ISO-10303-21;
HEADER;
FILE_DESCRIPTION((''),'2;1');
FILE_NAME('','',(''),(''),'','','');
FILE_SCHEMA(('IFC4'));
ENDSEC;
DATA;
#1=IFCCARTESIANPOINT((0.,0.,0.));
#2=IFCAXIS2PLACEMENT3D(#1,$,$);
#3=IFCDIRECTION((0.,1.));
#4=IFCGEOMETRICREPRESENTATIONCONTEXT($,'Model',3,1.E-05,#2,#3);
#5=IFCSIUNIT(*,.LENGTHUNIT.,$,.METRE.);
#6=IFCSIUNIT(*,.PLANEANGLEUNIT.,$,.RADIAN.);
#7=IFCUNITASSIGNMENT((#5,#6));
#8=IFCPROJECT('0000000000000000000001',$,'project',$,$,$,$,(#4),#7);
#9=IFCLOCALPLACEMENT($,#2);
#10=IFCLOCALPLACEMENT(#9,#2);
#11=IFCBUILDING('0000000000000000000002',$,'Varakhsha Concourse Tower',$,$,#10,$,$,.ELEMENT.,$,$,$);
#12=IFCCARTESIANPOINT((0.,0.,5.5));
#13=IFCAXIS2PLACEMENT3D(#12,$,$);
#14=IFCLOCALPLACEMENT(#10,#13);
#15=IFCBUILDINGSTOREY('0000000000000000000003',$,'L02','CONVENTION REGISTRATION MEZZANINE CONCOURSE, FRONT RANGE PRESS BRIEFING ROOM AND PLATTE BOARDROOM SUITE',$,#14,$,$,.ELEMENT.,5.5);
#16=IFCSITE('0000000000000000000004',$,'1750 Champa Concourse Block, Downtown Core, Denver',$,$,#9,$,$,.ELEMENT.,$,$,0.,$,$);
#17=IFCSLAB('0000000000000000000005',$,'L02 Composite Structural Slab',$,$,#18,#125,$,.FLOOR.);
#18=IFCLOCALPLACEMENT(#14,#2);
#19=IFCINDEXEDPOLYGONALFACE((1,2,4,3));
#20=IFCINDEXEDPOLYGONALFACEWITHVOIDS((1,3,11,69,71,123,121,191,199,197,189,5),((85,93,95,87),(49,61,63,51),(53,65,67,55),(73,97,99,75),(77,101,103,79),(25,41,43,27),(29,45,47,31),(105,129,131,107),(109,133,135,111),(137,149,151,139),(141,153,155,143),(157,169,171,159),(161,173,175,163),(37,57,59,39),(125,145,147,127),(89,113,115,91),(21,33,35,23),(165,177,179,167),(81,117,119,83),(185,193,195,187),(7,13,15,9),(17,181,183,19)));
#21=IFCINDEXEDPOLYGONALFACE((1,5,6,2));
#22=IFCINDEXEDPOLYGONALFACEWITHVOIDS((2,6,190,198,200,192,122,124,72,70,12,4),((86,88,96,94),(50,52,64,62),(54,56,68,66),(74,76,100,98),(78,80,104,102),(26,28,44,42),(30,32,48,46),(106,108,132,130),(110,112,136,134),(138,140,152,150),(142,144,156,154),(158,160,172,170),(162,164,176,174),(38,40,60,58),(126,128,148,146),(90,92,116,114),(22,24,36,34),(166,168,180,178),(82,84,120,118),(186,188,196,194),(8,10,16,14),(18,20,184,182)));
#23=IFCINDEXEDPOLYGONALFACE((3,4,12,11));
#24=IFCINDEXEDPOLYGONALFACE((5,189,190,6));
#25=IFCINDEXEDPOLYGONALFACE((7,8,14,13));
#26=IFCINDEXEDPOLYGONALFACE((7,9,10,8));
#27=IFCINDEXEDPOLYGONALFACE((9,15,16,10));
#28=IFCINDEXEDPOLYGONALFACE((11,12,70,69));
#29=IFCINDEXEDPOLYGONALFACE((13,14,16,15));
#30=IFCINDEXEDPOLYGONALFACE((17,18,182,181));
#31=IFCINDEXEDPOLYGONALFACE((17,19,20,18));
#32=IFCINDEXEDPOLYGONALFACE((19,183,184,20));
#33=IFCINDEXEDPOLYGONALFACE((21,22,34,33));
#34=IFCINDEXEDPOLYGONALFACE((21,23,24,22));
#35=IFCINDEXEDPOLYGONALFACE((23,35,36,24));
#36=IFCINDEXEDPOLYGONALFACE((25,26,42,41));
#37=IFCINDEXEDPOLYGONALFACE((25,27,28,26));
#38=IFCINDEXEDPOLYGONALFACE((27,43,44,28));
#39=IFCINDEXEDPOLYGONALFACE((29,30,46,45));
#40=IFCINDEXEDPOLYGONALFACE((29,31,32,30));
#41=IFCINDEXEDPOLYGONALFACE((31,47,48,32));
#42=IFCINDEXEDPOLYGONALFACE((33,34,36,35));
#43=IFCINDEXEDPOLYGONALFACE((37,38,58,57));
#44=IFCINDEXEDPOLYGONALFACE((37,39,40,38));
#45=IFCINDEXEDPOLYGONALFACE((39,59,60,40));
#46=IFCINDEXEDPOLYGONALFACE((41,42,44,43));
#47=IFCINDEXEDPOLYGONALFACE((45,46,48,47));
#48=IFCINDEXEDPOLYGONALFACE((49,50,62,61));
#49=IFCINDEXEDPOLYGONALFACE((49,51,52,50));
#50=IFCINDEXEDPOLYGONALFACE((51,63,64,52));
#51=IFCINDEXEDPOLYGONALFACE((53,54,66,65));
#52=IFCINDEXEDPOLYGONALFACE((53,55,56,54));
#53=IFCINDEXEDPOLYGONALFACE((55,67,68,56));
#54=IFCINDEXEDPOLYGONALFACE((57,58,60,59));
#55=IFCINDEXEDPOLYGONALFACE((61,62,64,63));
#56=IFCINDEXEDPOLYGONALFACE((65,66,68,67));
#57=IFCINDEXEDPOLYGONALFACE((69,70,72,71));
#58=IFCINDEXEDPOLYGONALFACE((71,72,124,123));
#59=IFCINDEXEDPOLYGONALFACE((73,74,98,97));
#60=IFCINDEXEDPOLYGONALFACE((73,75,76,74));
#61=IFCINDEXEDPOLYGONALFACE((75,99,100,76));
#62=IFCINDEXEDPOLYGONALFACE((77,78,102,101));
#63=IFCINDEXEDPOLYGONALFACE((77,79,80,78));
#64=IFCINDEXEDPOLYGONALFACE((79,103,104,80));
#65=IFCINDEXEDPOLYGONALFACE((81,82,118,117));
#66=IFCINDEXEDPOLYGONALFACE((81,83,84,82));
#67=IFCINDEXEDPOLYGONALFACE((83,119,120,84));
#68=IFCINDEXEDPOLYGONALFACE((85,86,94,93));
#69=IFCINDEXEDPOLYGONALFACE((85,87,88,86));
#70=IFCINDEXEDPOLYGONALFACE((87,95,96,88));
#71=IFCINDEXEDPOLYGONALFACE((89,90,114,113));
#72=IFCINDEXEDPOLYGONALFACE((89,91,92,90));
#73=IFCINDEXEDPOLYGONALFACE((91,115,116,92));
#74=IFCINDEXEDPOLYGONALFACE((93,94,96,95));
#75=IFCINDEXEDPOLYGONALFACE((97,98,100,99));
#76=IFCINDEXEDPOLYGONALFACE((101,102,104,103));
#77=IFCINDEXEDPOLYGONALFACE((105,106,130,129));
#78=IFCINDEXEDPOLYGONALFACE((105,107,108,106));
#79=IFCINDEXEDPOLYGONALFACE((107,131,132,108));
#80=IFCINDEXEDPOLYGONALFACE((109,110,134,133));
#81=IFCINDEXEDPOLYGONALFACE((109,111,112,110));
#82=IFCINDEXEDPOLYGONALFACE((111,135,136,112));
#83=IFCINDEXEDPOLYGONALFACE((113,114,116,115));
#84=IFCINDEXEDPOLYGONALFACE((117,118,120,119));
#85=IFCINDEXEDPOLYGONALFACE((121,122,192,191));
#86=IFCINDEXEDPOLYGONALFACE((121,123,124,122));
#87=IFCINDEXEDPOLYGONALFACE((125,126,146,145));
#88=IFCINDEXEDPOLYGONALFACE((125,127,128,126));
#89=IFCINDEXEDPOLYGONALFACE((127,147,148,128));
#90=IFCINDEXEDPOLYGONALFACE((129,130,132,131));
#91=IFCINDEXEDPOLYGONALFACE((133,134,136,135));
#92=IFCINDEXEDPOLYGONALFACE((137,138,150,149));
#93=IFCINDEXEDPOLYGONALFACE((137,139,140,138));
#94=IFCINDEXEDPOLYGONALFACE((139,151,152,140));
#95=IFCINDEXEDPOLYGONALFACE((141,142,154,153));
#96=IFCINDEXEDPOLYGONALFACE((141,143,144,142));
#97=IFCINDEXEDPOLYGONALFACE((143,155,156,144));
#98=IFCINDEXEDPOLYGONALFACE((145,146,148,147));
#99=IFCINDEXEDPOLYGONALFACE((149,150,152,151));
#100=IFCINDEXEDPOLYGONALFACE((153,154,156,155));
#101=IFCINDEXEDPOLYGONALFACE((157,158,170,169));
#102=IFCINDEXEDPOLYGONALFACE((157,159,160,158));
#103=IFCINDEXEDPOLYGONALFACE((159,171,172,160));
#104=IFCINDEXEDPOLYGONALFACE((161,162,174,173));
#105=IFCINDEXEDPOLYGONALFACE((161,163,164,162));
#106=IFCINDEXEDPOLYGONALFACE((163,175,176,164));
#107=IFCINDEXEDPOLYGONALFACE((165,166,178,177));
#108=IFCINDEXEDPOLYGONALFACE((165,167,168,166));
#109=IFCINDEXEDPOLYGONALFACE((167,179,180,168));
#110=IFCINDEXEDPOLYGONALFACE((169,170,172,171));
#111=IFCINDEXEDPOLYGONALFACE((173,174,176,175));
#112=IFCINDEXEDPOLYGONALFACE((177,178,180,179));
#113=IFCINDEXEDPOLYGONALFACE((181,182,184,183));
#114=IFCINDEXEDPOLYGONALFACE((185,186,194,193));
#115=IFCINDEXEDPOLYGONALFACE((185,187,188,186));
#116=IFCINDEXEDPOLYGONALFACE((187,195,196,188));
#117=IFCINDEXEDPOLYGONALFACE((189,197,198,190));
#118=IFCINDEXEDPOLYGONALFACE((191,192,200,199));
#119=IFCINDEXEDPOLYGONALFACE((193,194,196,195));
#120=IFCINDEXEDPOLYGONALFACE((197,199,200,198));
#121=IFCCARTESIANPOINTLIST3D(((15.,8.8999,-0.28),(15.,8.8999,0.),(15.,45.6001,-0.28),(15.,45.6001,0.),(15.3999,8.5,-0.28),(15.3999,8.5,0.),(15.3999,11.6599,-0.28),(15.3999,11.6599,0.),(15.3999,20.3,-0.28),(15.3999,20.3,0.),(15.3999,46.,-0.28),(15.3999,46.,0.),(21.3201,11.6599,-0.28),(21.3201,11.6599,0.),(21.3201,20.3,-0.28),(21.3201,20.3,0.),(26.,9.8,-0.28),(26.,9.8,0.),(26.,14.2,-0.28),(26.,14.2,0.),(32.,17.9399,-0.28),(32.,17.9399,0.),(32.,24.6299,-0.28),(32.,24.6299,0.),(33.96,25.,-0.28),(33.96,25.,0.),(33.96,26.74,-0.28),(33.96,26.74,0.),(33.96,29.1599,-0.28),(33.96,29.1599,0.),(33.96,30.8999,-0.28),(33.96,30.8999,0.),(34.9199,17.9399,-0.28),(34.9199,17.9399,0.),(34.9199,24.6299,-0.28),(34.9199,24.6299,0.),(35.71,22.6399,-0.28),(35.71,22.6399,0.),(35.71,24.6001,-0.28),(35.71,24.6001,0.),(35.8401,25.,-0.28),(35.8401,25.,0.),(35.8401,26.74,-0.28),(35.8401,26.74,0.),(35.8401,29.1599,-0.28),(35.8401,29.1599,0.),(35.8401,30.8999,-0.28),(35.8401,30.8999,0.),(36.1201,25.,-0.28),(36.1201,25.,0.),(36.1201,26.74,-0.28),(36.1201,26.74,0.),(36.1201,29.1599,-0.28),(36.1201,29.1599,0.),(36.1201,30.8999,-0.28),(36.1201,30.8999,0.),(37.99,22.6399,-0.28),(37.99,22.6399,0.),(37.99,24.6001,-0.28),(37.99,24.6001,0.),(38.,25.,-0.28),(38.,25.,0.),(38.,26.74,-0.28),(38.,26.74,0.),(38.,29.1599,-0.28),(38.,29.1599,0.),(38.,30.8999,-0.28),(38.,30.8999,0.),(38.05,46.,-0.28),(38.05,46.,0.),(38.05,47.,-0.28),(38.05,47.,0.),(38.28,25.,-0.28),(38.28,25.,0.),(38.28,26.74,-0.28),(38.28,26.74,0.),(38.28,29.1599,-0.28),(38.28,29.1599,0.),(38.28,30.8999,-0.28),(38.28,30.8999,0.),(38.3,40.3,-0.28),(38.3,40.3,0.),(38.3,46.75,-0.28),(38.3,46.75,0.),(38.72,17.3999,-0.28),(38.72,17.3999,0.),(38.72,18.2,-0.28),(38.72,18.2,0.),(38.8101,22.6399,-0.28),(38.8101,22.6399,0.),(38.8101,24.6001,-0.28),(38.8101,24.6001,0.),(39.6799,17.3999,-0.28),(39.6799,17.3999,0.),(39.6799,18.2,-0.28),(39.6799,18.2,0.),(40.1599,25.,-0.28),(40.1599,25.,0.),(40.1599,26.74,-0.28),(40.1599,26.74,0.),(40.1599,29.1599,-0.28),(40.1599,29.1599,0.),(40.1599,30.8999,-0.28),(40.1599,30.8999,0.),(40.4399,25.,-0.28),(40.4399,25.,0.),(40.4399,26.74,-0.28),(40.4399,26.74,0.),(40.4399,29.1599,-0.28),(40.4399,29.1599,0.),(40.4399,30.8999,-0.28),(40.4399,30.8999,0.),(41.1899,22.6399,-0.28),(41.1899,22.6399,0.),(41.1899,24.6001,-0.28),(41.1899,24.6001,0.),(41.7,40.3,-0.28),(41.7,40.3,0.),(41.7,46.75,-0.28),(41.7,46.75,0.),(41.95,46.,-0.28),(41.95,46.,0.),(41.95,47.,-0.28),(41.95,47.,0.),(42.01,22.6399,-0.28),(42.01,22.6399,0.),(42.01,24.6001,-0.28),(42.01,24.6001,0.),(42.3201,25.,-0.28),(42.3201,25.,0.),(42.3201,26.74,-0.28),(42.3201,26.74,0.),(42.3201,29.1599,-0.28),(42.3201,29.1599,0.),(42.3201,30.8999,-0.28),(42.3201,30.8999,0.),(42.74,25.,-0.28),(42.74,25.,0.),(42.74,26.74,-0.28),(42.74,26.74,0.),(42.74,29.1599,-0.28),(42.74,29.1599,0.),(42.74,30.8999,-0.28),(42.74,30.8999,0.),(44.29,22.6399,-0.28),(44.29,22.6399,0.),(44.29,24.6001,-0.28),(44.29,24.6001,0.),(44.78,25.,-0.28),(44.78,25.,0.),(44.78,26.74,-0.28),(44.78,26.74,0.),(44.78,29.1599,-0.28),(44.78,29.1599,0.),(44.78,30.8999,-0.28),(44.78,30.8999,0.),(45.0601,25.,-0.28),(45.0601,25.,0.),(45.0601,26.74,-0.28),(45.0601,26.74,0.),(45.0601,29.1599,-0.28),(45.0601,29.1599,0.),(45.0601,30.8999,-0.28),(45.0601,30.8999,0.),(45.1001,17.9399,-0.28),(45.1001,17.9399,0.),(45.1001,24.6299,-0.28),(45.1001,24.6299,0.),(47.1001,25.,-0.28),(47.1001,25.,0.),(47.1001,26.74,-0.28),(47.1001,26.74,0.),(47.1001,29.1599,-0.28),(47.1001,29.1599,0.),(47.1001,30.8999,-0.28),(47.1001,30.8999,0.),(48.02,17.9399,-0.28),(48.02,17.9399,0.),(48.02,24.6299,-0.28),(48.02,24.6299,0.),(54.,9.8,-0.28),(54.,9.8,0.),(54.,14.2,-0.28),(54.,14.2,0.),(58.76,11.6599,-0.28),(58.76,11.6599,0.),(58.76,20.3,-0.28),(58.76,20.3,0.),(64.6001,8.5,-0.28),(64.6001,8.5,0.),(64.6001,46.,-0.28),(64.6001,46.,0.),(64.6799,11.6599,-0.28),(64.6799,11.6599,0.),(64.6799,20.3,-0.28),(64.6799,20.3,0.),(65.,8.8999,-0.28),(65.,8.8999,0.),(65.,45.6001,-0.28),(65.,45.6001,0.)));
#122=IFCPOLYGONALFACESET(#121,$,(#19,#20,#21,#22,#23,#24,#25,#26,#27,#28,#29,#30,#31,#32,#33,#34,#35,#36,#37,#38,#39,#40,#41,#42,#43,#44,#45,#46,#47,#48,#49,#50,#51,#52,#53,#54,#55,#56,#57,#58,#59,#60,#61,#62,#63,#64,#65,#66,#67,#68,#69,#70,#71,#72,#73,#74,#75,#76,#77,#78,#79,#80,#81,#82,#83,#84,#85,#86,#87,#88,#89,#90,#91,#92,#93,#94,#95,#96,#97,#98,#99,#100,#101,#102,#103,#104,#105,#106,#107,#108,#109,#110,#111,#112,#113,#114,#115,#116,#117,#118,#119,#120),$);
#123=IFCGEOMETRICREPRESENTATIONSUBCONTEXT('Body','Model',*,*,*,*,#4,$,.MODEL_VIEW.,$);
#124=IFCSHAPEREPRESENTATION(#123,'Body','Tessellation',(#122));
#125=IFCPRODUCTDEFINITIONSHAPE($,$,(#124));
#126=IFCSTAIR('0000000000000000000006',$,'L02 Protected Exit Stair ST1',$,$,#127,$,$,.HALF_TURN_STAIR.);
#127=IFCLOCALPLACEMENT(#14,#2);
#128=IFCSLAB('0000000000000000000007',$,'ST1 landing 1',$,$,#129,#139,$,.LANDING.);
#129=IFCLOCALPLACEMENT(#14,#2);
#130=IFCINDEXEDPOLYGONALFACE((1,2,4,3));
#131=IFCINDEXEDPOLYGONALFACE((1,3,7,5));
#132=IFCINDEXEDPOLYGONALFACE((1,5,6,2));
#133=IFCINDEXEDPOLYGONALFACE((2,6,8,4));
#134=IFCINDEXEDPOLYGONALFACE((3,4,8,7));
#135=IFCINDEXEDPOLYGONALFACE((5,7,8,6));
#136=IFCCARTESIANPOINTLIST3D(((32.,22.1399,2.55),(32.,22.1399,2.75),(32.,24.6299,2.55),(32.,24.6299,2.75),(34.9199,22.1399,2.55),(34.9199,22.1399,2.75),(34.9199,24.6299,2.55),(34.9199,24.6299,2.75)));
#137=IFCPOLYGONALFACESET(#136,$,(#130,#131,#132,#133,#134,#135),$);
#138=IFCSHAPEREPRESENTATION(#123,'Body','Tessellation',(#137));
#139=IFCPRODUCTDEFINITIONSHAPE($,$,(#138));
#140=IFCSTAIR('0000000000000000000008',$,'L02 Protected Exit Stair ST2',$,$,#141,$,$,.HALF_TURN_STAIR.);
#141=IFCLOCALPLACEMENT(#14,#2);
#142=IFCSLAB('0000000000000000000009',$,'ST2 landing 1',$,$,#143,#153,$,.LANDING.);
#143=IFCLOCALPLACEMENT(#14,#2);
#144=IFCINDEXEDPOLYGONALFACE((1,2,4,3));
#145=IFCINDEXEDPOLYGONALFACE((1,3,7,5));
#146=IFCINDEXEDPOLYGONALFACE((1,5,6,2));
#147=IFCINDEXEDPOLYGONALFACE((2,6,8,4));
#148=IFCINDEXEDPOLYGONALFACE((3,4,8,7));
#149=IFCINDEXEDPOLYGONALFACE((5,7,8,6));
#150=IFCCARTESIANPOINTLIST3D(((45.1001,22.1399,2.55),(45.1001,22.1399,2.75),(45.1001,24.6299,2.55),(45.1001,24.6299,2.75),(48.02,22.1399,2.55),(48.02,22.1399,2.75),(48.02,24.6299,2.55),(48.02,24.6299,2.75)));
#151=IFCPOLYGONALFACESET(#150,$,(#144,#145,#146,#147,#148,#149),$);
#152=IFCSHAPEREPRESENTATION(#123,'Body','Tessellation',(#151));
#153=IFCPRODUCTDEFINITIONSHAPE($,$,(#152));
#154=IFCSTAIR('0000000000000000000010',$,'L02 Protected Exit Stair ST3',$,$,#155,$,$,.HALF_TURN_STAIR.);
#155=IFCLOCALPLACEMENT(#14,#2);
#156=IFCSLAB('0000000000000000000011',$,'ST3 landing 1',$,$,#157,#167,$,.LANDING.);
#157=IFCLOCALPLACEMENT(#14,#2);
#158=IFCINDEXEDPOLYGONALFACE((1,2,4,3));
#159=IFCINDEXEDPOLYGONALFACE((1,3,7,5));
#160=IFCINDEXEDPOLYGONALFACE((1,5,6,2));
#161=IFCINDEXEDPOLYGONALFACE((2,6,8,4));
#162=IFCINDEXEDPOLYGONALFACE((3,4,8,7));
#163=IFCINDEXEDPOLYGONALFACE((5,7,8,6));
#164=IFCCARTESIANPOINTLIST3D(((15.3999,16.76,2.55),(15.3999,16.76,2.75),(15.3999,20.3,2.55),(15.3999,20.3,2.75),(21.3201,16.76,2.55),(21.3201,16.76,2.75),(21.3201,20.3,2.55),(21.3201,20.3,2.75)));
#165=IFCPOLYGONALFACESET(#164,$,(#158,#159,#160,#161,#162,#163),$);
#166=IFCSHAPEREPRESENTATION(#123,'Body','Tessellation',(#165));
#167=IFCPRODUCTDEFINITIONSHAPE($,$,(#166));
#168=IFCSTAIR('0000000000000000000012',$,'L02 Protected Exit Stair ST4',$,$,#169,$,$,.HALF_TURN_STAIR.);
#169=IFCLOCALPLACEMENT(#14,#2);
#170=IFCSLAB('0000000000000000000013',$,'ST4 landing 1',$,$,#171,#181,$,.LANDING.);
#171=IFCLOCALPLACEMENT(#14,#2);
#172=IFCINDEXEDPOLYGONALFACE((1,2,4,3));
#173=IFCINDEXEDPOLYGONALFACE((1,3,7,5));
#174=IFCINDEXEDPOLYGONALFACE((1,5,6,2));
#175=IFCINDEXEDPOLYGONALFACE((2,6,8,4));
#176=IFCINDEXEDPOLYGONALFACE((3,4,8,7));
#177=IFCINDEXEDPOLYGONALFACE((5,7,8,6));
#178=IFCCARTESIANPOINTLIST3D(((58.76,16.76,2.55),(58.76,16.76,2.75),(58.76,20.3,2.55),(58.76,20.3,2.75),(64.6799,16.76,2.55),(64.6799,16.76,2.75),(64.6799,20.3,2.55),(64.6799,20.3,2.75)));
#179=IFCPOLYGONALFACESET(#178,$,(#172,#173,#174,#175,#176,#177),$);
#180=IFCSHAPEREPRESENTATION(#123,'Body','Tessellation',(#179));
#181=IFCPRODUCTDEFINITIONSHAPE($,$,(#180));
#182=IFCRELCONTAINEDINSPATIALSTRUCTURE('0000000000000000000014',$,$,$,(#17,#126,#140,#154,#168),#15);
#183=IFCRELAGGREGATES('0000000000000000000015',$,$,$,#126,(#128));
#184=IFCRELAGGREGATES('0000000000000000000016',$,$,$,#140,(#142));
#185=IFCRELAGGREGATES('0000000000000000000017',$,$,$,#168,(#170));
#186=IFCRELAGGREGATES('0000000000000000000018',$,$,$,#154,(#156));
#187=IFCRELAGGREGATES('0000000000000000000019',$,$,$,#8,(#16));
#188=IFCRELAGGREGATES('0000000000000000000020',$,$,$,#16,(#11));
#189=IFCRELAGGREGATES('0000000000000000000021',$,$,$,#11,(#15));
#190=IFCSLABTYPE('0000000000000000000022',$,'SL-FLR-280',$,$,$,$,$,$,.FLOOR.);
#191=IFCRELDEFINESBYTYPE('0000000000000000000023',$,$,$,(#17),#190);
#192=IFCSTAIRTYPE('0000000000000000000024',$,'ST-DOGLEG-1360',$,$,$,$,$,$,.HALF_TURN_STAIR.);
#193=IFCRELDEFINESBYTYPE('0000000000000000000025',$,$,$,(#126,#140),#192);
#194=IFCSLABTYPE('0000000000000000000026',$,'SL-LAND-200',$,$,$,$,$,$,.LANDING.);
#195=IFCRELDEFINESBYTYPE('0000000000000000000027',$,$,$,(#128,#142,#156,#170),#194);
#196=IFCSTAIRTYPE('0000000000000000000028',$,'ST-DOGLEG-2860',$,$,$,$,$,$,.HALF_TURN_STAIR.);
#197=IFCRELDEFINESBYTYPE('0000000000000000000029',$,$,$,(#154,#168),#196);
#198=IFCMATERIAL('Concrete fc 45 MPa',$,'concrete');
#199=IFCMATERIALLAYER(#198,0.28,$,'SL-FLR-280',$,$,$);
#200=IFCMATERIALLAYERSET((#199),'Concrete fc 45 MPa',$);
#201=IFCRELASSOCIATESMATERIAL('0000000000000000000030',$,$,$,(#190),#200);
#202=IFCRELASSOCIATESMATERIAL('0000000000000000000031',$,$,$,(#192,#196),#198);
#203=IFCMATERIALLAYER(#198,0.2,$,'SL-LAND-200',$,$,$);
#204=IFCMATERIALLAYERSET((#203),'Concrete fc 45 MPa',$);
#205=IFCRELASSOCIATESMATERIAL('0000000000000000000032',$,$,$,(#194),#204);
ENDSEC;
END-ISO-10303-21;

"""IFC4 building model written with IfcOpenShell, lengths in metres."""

from ifc_helpers import new_model, si_unit, direction, frame, origin, place, context, subcontext, project, spatial, polyline, outline, extrude, material, layer, layer_set, type_object, element, aggregate, save


model = new_model("IFC4")

# Units and contexts
model_context = context("Model", 3, precision=1e-05, world=origin(), true_north=direction((0.0, 1.0)))
body_context = subcontext(model_context, "Body", "Model", "MODEL_VIEW")
ifc_project = project(units=[si_unit("LENGTHUNIT", "METRE"), si_unit("PLANEANGLEUNIT", "RADIAN")], contexts=[model_context])

# Site, building, storey
site_placement = place(None, origin())
site = spatial("IfcSite", under=ifc_project, at=site_placement, Name="1750 Champa Concourse Block, Downtown Core, Denver", CompositionType="ELEMENT", RefElevation=0.0)
building_placement = place(site_placement, origin())
building = spatial("IfcBuilding", under=site, at=building_placement, Name="Varakhsha Concourse Tower", CompositionType="ELEMENT")
storey_placement = place(building_placement, frame((0.0, 0.0, 5.5)))
storey = spatial("IfcBuildingStorey", under=building, at=storey_placement, Name="L02", Description="CONVENTION REGISTRATION MEZZANINE CONCOURSE, FRONT RANGE PRESS BRIEFING ROOM AND PLATTE BOARDROOM SUITE", CompositionType="ELEMENT", Elevation=5.5)

# Slab
ifc_material_1 = material(Name="Concrete fc 45 MPa", Category="concrete")
ifc_layer_1 = layer(ifc_material_1, 0.28, Name="SL-FLR-280")
ifc_layer_set_1 = layer_set([ifc_layer_1], Name="Concrete fc 45 MPa")
slab_type_1 = type_object("IfcSlabType", Name="SL-FLR-280", PredefinedType="FLOOR", material=ifc_layer_set_1)
slab_1_placement = place(storey_placement, frame((0.0, 0.0, -0.28)))
element("IfcSlab", 1, at=slab_1_placement, inside=storey, type_object=slab_type_1, Name="L02 Composite Structural Slab", PredefinedType="FLOOR", context=body_context, shape_type="SweptSolid", body=[
    extrude(outline(polyline([(64.6001, 46.0), (65.0, 45.6001), (65.0, 8.8999), (64.6001, 8.5), (15.3999, 8.5), (15.0, 8.8999), (15.0, 45.6001), (15.3999, 46.0), (38.05, 46.0), (38.05, 47.0), (41.95, 47.0), (41.95, 46.0), (64.6001, 46.0)]), holes=[polyline([(34.9199, 17.9399), (34.9199, 24.6299), (32.0, 24.6299), (32.0, 17.9399), (34.9199, 17.9399)]), polyline([(48.02, 17.9399), (48.02, 24.6299), (45.1001, 24.6299), (45.1001, 17.9399), (48.02, 17.9399)]), polyline([(21.3201, 11.6599), (21.3201, 20.3), (15.3999, 20.3), (15.3999, 11.6599), (21.3201, 11.6599)]), polyline([(64.6799, 11.6599), (64.6799, 20.3), (58.76, 20.3), (58.76, 11.6599), (64.6799, 11.6599)]), polyline([(41.7, 40.3), (41.7, 46.75), (38.3, 46.75), (38.3, 40.3), (41.7, 40.3)]), polyline([(33.96, 29.1599), (35.8401, 29.1599), (35.8401, 30.8999), (33.96, 30.8999), (33.96, 29.1599)]), polyline([(36.1201, 29.1599), (38.0, 29.1599), (38.0, 30.8999), (36.1201, 30.8999), (36.1201, 29.1599)]), polyline([(38.28, 29.1599), (40.1599, 29.1599), (40.1599, 30.8999), (38.28, 30.8999), (38.28, 29.1599)]), polyline([(40.4399, 29.1599), (42.3201, 29.1599), (42.3201, 30.8999), (40.4399, 30.8999), (40.4399, 29.1599)]), polyline([(33.96, 25.0), (35.8401, 25.0), (35.8401, 26.74), (33.96, 26.74), (33.96, 25.0)]), polyline([(36.1201, 25.0), (38.0, 25.0), (38.0, 26.74), (36.1201, 26.74), (36.1201, 25.0)]), polyline([(38.28, 25.0), (40.1599, 25.0), (40.1599, 26.74), (38.28, 26.74), (38.28, 25.0)]), polyline([(40.4399, 25.0), (42.3201, 25.0), (42.3201, 26.74), (40.4399, 26.74), (40.4399, 25.0)]), polyline([(42.74, 29.1599), (44.78, 29.1599), (44.78, 30.8999), (42.74, 30.8999), (42.74, 29.1599)]), polyline([(45.0601, 29.1599), (47.1001, 29.1599), (47.1001, 30.8999), (45.0601, 30.8999), (45.0601, 29.1599)]), polyline([(42.74, 25.0), (44.78, 25.0), (44.78, 26.74), (42.74, 26.74), (42.74, 25.0)]), polyline([(45.0601, 25.0), (47.1001, 25.0), (47.1001, 26.74), (45.0601, 26.74), (45.0601, 25.0)]), polyline([(35.71, 22.6399), (37.99, 22.6399), (37.99, 24.6001), (35.71, 24.6001), (35.71, 22.6399)]), polyline([(42.01, 22.6399), (44.29, 22.6399), (44.29, 24.6001), (42.01, 24.6001), (42.01, 22.6399)]), polyline([(38.8101, 22.6399), (41.1899, 22.6399), (41.1899, 24.6001), (38.8101, 24.6001), (38.8101, 22.6399)]), polyline([(38.72, 17.3999), (39.6799, 17.3999), (39.6799, 18.2), (38.72, 18.2), (38.72, 17.3999)]), polyline([(26.0, 9.8), (54.0, 9.8), (54.0, 14.2), (26.0, 14.2), (26.0, 9.8)])]), origin(), (0.0, 0.0, 1.0), 0.28),
])

# Stairs, slabs
stair_type_1 = type_object("IfcStairType", Name="ST-DOGLEG-1360", PredefinedType="HALF_TURN_STAIR", material=ifc_material_1)
stair_1_placement = place(storey_placement, origin())
stair_1 = element("IfcStair", 2, at=stair_1_placement, inside=storey, type_object=stair_type_1, Name="L02 Protected Exit Stair ST1", PredefinedType="HALF_TURN_STAIR")
ifc_layer_2 = layer(ifc_material_1, 0.2, Name="SL-LAND-200")
ifc_layer_set_2 = layer_set([ifc_layer_2], Name="Concrete fc 45 MPa")
slab_type_2 = type_object("IfcSlabType", Name="SL-LAND-200", PredefinedType="LANDING", material=ifc_layer_set_2)
slab_2_placement = place(storey_placement, frame((0.0, 0.0, 2.55)))
slab_2 = element("IfcSlab", 3, at=slab_2_placement, type_object=slab_type_2, Name="ST1 landing 1", PredefinedType="LANDING", context=body_context, shape_type="SweptSolid", body=[
    extrude(outline(polyline([(34.9199, 22.1399), (34.9199, 24.6299), (32.0, 24.6299), (32.0, 22.1399), (34.9199, 22.1399)])), origin(), (0.0, 0.0, 1.0), 0.2),
])
aggregate(stair_1, [slab_2])
stair_2_placement = place(storey_placement, origin())
stair_2 = element("IfcStair", 4, at=stair_2_placement, inside=storey, type_object=stair_type_1, Name="L02 Protected Exit Stair ST2", PredefinedType="HALF_TURN_STAIR")
slab_3_placement = place(storey_placement, frame((0.0, 0.0, 2.55)))
slab_3 = element("IfcSlab", 5, at=slab_3_placement, type_object=slab_type_2, Name="ST2 landing 1", PredefinedType="LANDING", context=body_context, shape_type="SweptSolid", body=[
    extrude(outline(polyline([(48.02, 22.1399), (48.02, 24.6299), (45.1001, 24.6299), (45.1001, 22.1399), (48.02, 22.1399)])), origin(), (0.0, 0.0, 1.0), 0.2),
])
aggregate(stair_2, [slab_3])
stair_type_2 = type_object("IfcStairType", Name="ST-DOGLEG-2860", PredefinedType="HALF_TURN_STAIR", material=ifc_material_1)
stair_3_placement = place(storey_placement, origin())
stair_3 = element("IfcStair", 6, at=stair_3_placement, inside=storey, type_object=stair_type_2, Name="L02 Protected Exit Stair ST3", PredefinedType="HALF_TURN_STAIR")
slab_4_placement = place(storey_placement, frame((0.0, 0.0, 2.55)))
slab_4 = element("IfcSlab", 7, at=slab_4_placement, type_object=slab_type_2, Name="ST3 landing 1", PredefinedType="LANDING", context=body_context, shape_type="SweptSolid", body=[
    extrude(outline(polyline([(21.3201, 16.76), (21.3201, 20.3), (15.3999, 20.3), (15.3999, 16.76), (21.3201, 16.76)])), origin(), (0.0, 0.0, 1.0), 0.2),
])
stair_4_placement = place(storey_placement, origin())
stair_4 = element("IfcStair", 8, at=stair_4_placement, inside=storey, type_object=stair_type_2, Name="L02 Protected Exit Stair ST4", PredefinedType="HALF_TURN_STAIR")
slab_5_placement = place(storey_placement, frame((0.0, 0.0, 2.55)))
slab_5 = element("IfcSlab", 9, at=slab_5_placement, type_object=slab_type_2, Name="ST4 landing 1", PredefinedType="LANDING", context=body_context, shape_type="SweptSolid", body=[
    extrude(outline(polyline([(64.6799, 16.76), (64.6799, 20.3), (58.76, 20.3), (58.76, 16.76), (64.6799, 16.76)])), origin(), (0.0, 0.0, 1.0), 0.2),
])
aggregate(stair_4, [slab_5])

aggregate(stair_3, [slab_4])

save(model, "model.ifc")
